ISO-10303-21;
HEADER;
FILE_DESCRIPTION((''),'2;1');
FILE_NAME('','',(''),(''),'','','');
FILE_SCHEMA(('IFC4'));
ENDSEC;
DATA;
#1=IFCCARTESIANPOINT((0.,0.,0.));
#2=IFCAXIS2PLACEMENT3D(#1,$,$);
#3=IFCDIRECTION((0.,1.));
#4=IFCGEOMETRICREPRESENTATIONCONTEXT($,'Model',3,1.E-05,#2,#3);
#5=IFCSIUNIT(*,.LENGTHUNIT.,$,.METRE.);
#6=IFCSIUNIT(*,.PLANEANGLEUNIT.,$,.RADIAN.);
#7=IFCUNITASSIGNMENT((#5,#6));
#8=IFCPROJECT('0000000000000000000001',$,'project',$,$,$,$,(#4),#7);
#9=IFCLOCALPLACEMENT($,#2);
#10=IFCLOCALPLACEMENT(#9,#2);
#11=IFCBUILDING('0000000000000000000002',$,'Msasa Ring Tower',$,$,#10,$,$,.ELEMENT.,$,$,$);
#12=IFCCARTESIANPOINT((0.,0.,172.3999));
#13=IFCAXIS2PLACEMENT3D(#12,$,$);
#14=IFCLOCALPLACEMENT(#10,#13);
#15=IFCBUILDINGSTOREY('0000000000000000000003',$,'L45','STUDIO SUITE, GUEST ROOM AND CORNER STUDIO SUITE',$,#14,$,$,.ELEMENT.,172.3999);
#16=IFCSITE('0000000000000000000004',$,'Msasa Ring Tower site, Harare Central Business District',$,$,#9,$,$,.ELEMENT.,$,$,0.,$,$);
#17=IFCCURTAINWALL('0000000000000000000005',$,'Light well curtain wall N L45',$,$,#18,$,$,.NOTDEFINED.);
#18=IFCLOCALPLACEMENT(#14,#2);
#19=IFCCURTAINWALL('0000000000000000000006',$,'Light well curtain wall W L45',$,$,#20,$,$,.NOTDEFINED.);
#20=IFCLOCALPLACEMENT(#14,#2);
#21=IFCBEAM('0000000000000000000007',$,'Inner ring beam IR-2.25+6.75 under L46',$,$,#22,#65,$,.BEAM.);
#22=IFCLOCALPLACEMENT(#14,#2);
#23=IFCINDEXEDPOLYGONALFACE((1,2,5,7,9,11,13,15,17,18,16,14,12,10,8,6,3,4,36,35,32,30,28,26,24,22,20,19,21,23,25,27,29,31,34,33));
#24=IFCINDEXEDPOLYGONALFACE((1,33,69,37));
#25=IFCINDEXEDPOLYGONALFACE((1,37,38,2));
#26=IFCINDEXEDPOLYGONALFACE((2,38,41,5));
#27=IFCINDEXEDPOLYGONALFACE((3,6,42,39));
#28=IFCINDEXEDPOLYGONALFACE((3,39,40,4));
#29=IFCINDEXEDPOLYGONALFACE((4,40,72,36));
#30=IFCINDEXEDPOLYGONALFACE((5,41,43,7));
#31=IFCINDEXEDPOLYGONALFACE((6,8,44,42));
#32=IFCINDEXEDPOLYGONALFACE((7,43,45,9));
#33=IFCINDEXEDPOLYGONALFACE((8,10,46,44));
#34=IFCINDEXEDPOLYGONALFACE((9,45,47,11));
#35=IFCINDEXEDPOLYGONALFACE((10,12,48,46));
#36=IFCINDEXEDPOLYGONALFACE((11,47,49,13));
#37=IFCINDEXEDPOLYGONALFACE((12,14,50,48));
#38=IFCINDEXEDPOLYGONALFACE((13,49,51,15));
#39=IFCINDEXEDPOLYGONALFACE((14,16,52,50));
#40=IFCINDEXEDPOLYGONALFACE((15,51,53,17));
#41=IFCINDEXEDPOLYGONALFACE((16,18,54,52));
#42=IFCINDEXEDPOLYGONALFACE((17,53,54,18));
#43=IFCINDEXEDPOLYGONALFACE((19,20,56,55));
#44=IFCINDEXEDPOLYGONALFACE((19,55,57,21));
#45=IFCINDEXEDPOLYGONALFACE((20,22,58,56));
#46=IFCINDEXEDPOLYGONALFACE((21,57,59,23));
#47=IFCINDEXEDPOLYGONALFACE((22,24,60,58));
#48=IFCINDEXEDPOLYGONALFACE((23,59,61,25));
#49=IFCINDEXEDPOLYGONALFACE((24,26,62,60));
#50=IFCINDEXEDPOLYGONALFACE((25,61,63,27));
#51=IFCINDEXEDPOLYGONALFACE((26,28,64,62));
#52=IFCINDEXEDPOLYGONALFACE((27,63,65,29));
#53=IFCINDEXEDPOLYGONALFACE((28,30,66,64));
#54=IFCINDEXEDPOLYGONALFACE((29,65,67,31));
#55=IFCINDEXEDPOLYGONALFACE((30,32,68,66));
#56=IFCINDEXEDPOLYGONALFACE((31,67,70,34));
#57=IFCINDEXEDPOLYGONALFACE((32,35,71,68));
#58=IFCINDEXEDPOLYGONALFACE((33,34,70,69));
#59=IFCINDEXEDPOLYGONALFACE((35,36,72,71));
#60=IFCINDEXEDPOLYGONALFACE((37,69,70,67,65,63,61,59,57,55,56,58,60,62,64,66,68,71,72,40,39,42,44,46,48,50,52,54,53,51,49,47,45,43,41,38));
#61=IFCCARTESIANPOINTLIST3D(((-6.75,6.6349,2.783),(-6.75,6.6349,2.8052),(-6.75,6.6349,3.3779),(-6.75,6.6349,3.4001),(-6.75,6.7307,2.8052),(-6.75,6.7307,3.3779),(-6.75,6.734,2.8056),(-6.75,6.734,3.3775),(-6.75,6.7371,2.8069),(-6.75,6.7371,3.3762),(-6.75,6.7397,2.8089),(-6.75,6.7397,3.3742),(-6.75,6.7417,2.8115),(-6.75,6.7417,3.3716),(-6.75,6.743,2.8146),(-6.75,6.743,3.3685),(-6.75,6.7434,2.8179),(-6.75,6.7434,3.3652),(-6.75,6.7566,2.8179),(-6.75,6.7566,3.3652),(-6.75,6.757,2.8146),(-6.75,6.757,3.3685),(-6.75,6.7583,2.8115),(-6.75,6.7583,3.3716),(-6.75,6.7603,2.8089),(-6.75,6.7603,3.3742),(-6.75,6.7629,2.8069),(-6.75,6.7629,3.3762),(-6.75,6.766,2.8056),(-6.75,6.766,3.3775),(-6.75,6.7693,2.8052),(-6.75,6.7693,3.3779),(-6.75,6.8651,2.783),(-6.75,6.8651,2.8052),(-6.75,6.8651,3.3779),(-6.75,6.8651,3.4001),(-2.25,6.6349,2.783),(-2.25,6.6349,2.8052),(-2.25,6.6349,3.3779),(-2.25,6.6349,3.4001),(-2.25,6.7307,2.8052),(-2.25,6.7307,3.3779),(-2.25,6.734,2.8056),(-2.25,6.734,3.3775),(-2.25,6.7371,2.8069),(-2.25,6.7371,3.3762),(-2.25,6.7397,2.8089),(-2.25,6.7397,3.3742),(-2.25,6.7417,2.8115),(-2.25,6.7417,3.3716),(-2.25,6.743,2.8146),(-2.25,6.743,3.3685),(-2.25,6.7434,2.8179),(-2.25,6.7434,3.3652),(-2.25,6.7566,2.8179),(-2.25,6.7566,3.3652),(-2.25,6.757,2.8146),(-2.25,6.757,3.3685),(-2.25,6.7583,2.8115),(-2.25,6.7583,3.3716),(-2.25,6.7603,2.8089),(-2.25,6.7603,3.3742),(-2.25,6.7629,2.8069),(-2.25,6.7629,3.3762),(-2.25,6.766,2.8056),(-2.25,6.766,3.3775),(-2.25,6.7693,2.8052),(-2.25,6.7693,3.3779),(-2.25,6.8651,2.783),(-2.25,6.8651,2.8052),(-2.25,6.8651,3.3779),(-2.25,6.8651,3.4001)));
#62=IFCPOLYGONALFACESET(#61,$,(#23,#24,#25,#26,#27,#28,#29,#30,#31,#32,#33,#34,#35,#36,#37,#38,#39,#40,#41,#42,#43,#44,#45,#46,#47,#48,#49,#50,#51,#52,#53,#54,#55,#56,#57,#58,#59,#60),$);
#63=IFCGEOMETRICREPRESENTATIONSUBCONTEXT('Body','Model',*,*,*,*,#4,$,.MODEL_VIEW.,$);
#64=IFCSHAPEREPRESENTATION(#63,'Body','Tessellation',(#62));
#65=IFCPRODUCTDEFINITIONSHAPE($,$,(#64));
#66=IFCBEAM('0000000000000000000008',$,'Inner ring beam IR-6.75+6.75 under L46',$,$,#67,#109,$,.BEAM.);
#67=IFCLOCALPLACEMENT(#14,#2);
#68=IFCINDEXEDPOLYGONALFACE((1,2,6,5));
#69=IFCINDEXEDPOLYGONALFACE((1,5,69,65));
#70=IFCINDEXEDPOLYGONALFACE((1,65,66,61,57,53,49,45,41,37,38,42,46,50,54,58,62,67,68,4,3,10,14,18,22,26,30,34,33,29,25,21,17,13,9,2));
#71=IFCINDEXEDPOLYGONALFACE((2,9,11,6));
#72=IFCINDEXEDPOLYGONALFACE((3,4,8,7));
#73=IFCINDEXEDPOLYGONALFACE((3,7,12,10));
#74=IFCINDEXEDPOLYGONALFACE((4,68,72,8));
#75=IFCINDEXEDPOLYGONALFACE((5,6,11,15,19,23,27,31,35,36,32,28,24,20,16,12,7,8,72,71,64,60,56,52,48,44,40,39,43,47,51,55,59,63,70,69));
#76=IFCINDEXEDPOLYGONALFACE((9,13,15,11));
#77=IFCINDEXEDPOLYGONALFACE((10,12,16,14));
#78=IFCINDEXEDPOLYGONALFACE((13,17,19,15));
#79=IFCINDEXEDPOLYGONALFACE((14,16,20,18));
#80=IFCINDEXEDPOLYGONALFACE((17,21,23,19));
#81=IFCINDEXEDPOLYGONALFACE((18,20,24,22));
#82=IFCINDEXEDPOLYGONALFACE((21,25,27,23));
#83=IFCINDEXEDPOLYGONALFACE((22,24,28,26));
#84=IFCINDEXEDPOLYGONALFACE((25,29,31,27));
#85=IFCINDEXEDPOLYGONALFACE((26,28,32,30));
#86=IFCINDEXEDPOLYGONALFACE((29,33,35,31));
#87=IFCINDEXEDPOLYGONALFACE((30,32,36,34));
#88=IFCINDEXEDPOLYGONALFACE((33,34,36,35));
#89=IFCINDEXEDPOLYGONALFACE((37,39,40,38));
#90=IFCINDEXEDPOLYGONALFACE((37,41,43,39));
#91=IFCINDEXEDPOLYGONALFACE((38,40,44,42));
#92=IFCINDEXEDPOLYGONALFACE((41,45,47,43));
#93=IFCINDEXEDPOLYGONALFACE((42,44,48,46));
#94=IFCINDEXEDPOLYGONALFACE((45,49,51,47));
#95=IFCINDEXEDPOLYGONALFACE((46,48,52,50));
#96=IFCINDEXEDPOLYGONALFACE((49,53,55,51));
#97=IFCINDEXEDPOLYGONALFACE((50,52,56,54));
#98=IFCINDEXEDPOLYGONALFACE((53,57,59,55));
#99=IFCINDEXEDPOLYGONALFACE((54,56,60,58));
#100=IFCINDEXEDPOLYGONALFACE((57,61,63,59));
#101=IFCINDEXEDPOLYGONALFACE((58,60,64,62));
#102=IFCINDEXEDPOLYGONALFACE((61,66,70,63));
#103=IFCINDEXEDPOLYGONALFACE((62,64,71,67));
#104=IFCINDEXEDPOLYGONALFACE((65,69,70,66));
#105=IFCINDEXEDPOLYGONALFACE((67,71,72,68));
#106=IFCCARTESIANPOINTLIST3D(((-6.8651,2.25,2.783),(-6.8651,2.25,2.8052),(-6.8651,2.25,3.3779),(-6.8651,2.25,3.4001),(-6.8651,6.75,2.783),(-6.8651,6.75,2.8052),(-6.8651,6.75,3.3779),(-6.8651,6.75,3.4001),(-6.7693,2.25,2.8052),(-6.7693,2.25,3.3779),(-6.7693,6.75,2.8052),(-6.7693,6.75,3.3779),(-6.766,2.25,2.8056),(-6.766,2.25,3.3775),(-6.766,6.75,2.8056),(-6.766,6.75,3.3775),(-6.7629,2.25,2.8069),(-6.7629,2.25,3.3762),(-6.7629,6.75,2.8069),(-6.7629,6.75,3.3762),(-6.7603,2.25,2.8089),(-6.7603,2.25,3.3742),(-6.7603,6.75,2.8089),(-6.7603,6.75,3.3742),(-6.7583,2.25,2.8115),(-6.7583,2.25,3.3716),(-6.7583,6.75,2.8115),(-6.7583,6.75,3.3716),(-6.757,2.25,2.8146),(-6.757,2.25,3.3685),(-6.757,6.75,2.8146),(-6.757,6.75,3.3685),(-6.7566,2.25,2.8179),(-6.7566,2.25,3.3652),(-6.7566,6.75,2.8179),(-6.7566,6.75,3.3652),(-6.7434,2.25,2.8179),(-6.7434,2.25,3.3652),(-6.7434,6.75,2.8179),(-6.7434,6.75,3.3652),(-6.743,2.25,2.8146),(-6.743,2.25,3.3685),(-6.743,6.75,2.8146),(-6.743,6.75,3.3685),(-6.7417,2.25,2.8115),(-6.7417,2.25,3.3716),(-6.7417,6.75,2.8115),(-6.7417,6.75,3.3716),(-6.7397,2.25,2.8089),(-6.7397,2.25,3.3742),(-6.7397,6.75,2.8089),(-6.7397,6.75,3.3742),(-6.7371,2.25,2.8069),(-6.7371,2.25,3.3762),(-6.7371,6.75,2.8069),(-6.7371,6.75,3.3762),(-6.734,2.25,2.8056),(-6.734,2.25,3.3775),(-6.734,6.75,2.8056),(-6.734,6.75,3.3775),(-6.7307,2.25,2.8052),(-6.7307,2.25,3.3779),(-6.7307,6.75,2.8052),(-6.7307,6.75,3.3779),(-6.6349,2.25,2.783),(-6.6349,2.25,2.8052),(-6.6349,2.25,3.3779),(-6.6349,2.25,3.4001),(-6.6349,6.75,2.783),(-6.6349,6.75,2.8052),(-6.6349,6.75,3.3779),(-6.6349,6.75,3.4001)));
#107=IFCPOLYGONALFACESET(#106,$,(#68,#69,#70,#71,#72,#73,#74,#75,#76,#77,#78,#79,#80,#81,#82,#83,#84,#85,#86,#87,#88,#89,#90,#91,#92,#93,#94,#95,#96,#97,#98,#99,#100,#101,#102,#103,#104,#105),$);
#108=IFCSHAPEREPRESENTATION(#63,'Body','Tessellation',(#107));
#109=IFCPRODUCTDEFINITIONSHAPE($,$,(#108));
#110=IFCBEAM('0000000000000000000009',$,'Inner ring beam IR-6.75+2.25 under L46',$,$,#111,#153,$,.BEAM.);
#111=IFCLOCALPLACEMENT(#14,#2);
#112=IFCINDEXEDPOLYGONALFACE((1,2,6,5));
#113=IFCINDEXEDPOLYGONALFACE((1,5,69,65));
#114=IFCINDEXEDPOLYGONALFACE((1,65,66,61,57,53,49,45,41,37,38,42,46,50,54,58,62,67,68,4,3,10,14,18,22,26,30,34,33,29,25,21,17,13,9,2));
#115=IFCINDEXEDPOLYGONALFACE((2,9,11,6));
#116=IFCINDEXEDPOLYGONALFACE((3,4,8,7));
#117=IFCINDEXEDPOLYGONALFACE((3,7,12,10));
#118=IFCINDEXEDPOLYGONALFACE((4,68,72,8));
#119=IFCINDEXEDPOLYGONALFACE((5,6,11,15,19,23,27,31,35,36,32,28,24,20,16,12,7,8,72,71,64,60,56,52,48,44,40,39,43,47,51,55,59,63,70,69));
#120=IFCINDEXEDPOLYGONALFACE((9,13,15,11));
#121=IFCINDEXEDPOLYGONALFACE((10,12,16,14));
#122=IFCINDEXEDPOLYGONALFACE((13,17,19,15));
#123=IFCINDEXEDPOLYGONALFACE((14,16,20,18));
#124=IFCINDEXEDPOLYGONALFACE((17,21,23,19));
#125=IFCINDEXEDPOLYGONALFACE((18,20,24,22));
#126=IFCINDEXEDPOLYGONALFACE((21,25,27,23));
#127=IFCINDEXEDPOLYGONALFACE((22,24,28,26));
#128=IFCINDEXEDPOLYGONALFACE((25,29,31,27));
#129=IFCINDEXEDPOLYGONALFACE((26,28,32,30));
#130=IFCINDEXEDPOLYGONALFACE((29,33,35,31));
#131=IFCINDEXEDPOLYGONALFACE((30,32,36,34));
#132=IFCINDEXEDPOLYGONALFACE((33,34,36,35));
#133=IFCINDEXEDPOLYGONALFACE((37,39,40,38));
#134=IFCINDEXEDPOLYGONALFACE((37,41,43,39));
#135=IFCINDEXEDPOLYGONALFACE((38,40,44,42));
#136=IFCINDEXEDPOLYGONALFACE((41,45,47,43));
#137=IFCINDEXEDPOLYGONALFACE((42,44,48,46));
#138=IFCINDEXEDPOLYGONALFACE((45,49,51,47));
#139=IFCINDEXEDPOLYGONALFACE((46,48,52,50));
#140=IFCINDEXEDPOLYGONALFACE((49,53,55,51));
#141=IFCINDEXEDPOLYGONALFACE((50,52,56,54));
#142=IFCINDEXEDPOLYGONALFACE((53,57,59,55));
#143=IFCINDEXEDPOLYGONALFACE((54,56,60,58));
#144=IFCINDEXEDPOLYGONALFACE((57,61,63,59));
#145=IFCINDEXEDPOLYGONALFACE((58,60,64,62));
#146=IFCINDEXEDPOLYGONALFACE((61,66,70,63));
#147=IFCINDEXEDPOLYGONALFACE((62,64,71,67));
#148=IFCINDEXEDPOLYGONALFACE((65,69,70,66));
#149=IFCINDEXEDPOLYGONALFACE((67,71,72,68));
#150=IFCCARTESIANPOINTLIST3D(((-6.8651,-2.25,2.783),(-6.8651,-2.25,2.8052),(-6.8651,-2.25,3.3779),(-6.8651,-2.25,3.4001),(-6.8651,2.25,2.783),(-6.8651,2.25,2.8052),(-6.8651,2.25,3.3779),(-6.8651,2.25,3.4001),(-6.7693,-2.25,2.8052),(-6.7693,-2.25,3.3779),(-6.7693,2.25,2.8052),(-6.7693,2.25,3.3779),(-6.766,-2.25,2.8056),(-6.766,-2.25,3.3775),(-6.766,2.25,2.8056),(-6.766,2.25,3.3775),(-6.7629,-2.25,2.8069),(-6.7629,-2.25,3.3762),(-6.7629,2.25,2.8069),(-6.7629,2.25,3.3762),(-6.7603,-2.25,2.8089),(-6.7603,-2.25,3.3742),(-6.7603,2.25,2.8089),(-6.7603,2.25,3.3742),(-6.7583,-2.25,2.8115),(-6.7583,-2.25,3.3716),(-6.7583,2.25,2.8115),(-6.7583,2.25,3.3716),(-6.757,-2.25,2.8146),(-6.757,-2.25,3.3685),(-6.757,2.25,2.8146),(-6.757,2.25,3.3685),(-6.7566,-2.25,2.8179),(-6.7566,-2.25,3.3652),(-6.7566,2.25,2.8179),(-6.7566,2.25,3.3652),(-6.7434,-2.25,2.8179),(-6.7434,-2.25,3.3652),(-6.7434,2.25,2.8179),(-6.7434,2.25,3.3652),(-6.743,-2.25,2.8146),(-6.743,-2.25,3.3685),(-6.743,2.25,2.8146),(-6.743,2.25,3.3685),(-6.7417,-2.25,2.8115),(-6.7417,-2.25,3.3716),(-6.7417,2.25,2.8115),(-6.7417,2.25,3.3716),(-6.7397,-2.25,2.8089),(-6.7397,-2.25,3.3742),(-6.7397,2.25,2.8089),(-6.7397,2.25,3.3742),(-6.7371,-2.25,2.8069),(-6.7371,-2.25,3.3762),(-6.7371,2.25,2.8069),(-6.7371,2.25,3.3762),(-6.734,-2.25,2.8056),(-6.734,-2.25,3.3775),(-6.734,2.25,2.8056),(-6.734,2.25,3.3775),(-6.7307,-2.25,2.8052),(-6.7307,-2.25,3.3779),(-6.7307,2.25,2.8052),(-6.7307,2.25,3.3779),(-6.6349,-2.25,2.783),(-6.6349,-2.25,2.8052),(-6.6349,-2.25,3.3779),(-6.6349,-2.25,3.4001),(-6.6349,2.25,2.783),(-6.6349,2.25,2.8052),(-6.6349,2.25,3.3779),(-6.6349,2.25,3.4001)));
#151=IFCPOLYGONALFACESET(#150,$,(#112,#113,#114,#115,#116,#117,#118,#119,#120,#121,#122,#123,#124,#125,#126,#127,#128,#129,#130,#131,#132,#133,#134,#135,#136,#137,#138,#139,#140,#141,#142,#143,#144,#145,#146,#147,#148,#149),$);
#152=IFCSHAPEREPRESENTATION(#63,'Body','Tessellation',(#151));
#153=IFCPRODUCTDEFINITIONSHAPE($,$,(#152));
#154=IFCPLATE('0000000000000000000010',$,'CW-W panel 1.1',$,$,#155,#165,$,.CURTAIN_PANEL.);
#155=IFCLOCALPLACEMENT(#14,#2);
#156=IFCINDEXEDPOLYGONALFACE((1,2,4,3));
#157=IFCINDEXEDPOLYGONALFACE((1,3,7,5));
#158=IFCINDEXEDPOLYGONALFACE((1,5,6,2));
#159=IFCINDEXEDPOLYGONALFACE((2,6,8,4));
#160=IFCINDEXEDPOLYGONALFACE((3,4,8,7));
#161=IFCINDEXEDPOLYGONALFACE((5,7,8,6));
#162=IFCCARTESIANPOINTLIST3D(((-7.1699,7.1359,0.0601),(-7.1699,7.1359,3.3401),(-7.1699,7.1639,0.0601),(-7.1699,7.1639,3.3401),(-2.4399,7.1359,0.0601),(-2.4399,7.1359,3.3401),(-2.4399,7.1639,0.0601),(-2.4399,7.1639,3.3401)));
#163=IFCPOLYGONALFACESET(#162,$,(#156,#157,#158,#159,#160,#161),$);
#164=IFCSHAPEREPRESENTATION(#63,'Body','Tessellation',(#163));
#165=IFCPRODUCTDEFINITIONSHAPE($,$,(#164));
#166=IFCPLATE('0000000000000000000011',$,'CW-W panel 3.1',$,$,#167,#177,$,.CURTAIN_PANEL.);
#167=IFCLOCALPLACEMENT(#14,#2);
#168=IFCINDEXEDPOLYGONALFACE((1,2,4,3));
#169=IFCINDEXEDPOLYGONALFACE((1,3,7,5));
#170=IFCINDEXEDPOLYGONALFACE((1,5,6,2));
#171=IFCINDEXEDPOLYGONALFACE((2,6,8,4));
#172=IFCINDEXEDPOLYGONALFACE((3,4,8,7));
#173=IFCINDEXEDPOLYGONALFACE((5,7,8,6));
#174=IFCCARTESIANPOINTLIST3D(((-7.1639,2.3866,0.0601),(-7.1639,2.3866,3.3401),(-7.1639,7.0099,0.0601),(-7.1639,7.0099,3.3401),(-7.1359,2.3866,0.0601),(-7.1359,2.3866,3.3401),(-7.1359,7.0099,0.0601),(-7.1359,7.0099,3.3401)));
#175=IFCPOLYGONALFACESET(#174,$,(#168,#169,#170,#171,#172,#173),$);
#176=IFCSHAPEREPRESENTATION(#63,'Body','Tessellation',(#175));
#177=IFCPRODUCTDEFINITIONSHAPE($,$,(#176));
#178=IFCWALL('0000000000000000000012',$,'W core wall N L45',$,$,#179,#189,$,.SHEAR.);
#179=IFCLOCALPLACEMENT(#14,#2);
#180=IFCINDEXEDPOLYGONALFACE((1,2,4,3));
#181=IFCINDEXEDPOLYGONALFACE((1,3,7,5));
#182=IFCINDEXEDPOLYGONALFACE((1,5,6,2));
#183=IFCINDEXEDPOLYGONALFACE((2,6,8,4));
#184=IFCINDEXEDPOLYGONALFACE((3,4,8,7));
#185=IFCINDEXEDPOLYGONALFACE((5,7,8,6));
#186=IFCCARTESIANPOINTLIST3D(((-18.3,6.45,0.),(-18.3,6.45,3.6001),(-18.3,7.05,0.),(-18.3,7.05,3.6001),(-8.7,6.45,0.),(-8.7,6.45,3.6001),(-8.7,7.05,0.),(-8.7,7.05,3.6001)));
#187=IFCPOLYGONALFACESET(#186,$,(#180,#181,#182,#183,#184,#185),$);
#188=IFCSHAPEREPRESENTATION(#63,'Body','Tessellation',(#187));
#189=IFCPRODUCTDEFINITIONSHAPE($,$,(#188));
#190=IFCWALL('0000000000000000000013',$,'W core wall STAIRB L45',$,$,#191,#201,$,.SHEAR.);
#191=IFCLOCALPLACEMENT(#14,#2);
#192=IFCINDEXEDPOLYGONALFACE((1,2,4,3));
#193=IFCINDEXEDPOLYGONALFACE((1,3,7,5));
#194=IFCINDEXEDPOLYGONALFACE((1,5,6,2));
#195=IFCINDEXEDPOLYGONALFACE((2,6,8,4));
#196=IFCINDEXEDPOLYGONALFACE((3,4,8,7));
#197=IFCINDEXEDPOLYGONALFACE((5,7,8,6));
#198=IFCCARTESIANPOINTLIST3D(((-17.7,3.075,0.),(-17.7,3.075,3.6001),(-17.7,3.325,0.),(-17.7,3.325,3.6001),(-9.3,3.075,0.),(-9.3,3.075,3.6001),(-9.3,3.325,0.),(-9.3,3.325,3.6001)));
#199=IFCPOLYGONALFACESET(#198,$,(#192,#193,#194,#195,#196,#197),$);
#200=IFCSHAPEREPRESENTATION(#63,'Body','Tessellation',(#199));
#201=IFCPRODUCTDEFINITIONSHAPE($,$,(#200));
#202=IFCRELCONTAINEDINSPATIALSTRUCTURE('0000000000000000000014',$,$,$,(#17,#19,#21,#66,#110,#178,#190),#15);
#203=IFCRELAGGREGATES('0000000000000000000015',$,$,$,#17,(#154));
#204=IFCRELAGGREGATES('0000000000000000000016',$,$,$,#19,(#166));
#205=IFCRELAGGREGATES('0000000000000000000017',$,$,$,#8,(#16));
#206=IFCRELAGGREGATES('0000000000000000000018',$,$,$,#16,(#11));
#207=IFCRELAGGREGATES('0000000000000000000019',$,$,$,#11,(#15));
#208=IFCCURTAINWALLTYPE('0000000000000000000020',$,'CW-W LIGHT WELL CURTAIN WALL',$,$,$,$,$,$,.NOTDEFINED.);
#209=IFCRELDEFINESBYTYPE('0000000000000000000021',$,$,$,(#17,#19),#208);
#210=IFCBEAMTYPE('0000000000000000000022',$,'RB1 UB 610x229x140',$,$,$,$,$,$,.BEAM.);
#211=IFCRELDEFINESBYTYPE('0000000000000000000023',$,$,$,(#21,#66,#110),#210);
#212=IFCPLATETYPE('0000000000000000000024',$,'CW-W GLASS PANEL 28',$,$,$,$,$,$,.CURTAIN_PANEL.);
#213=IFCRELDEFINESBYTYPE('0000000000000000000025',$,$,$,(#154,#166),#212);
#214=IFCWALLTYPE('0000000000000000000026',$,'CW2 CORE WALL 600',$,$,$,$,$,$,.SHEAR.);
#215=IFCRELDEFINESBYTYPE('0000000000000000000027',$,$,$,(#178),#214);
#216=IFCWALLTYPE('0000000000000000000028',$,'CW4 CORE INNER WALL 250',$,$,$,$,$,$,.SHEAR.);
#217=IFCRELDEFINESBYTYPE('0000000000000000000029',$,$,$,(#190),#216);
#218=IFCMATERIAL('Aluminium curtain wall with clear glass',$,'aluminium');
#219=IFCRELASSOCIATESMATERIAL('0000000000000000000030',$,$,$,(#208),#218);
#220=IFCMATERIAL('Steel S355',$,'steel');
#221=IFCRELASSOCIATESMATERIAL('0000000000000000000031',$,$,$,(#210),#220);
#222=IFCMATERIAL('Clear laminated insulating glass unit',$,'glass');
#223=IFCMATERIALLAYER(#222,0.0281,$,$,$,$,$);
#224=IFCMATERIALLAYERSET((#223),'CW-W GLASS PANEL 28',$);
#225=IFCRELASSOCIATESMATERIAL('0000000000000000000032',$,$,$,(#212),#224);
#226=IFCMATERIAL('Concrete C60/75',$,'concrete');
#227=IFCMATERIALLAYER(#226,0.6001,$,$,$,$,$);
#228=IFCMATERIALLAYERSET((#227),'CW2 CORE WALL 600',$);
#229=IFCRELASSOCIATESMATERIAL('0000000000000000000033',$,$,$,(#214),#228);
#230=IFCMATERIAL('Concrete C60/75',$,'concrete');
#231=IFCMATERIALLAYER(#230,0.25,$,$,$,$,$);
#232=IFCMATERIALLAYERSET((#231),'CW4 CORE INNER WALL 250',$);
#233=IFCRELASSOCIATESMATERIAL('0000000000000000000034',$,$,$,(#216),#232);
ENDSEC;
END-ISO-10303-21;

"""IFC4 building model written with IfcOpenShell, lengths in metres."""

from ifc_helpers import new_model, si_unit, direction, frame, frame_2d, origin, origin_2d, place, context, subcontext, project, spatial, rectangle, i_section, extrude, material, layer, layer_set, material_profile, profile_set, type_object, element, aggregate, save


model = new_model("IFC4")

# Units and contexts
model_context = context("Model", 3, precision=1e-05, world=origin(), true_north=direction((0.0, 1.0)))
body_context = subcontext(model_context, "Body", "Model", "MODEL_VIEW")
ifc_project = project(units=[si_unit("LENGTHUNIT", "METRE"), si_unit("PLANEANGLEUNIT", "RADIAN")], contexts=[model_context])

# Site, building, storey
site_placement = place(None, origin())
site = spatial("IfcSite", under=ifc_project, at=site_placement, Name="Msasa Ring Tower site, Harare Central Business District", CompositionType="ELEMENT", RefElevation=0.0)
building_placement = place(site_placement, origin())
building = spatial("IfcBuilding", under=site, at=building_placement, Name="Msasa Ring Tower", CompositionType="ELEMENT")
storey_placement = place(building_placement, frame((0.0, 0.0, 172.3999)))
storey = spatial("IfcBuildingStorey", under=building, at=storey_placement, Name="L45", Description="STUDIO SUITE, GUEST ROOM AND CORNER STUDIO SUITE", CompositionType="ELEMENT", Elevation=172.3999)

# Curtain walls
ifc_material_1 = material(Name="Aluminium curtain wall with clear glass", Category="aluminium")
curtain_wall_type = type_object("IfcCurtainWallType", Name="CW-W LIGHT WELL CURTAIN WALL", PredefinedType="NOTDEFINED", material=ifc_material_1)
curtain_wall_1_placement = place(storey_placement, origin())
curtain_wall_1 = element("IfcCurtainWall", 1, at=curtain_wall_1_placement, inside=storey, type_object=curtain_wall_type, Name="Light well curtain wall N L45", PredefinedType="NOTDEFINED")
curtain_wall_2_placement = place(storey_placement, origin())
curtain_wall_2 = element("IfcCurtainWall", 2, at=curtain_wall_2_placement, inside=storey, type_object=curtain_wall_type, Name="Light well curtain wall W L45", PredefinedType="NOTDEFINED")

# Beams
ifc_material_2 = material(Name="Steel S355", Category="steel")
ifc_material_profile_1 = material_profile(ifc_material_2, i_section(OverallWidth=0.2302, OverallDepth=0.6172, WebThickness=0.0132, FlangeThickness=0.0222, FilletRadius=0.0127, at=origin_2d()), Name="UB 610x229x140")
ifc_profile_set_1 = profile_set([ifc_material_profile_1], Name="Steel S355")
beam_type = type_object("IfcBeamType", Name="RB1 UB 610x229x140", PredefinedType="BEAM", material=ifc_profile_set_1)
for number, where, z_axis, x_axis, name in (
    (3, (-2.25, 6.75, 3.0916), (-1.0, 0.0, 0.0), (0.0, -1.0, 0.0), "Inner ring beam IR-2.25+6.75 under L46"),
    (4, (-6.75, 6.75, 3.0916), (0.0, -1.0, 0.0), (1.0, 0.0, 0.0), "Inner ring beam IR-6.75+6.75 under L46"),
    (5, (-6.75, 2.25, 3.0916), (0.0, -1.0, 0.0), (1.0, 0.0, 0.0), "Inner ring beam IR-6.75+2.25 under L46"),
):
    element("IfcBeam", number, at=place(storey_placement, frame(where, z_axis=z_axis, x_axis=x_axis)), inside=storey, type_object=beam_type, Name=name, PredefinedType="BEAM", context=body_context, shape_type="SweptSolid", body=[
        extrude(i_section(OverallWidth=0.2302, OverallDepth=0.6172, WebThickness=0.0132, FlangeThickness=0.0222, FilletRadius=0.0127, at=origin_2d()), origin(), (0.0, 0.0, 1.0), 4.5),
    ])

# Plates
ifc_material_3 = material(Name="Clear laminated insulating glass unit", Category="glass")
ifc_layer_1 = layer(ifc_material_3, 0.0281)
ifc_layer_set_1 = layer_set([ifc_layer_1], Name="CW-W GLASS PANEL 28")
plate_type = type_object("IfcPlateType", Name="CW-W GLASS PANEL 28", PredefinedType="CURTAIN_PANEL", material=ifc_layer_set_1)
plate_1_placement = place(storey_placement, frame((-4.8049, 7.1499, 0.0601), z_axis=(0.0, 0.0, 1.0), x_axis=(1.0, 0.0, 0.0)))
plate_1 = element("IfcPlate", 6, at=plate_1_placement, type_object=plate_type, Name="CW-W panel 1.1", PredefinedType="CURTAIN_PANEL", context=body_context, shape_type="SweptSolid", body=[
    extrude(rectangle(XDim=4.73, YDim=0.0281, at=origin_2d()), origin(), (0.0, 0.0, 1.0), 3.28),
])
aggregate(curtain_wall_1, [plate_1])
plate_2_placement = place(storey_placement, frame((-7.1499, 4.6982, 0.0601), z_axis=(0.0, 0.0, 1.0), x_axis=(0.0, 1.0, 0.0)))
plate_2 = element("IfcPlate", 7, at=plate_2_placement, type_object=plate_type, Name="CW-W panel 3.1", PredefinedType="CURTAIN_PANEL", context=body_context, shape_type="SweptSolid", body=[
    extrude(rectangle(XDim=4.6233, YDim=0.0281, at=origin_2d()), origin(), (0.0, 0.0, 1.0), 3.28),
])
aggregate(curtain_wall_2, [plate_2])

# Walls
ifc_material_4 = material(Name="Concrete C60/75", Category="concrete")
ifc_layer_2 = layer(ifc_material_4, 0.6001)
ifc_layer_set_2 = layer_set([ifc_layer_2], Name="CW2 CORE WALL 600")
wall_type_1 = type_object("IfcWallType", Name="CW2 CORE WALL 600", PredefinedType="SHEAR", material=ifc_layer_set_2)
wall_1_placement = place(storey_placement, frame((-8.7, 6.75, 0.0), z_axis=(0.0, 0.0, 1.0), x_axis=(-1.0, 0.0, 0.0)))
element("IfcWall", 8, at=wall_1_placement, inside=storey, type_object=wall_type_1, Name="W core wall N L45", PredefinedType="SHEAR", context=body_context, shape_type="SweptSolid", body=[
    extrude(rectangle(XDim=9.6001, YDim=0.6001, at=frame_2d((4.8, 0.0))), origin(), (0.0, 0.0, 1.0), 3.6001),
])
ifc_material_5 = material(Name="Concrete C60/75", Category="concrete")
ifc_layer_3 = layer(ifc_material_5, 0.25)
ifc_layer_set_3 = layer_set([ifc_layer_3], Name="CW4 CORE INNER WALL 250")
wall_type_2 = type_object("IfcWallType", Name="CW4 CORE INNER WALL 250", PredefinedType="SHEAR", material=ifc_layer_set_3)
wall_2_placement = place(storey_placement, frame((-9.3, 3.2, 0.0), z_axis=(0.0, 0.0, 1.0), x_axis=(-1.0, 0.0, 0.0)))
element("IfcWall", 9, at=wall_2_placement, inside=storey, type_object=wall_type_2, Name="W core wall STAIRB L45", PredefinedType="SHEAR", context=body_context, shape_type="SweptSolid", body=[
    extrude(rectangle(XDim=8.3999, YDim=0.25, at=frame_2d((4.2, 0.0))), origin(), (0.0, 0.0, 1.0), 3.6001),
])

save(model, "model.ifc")
